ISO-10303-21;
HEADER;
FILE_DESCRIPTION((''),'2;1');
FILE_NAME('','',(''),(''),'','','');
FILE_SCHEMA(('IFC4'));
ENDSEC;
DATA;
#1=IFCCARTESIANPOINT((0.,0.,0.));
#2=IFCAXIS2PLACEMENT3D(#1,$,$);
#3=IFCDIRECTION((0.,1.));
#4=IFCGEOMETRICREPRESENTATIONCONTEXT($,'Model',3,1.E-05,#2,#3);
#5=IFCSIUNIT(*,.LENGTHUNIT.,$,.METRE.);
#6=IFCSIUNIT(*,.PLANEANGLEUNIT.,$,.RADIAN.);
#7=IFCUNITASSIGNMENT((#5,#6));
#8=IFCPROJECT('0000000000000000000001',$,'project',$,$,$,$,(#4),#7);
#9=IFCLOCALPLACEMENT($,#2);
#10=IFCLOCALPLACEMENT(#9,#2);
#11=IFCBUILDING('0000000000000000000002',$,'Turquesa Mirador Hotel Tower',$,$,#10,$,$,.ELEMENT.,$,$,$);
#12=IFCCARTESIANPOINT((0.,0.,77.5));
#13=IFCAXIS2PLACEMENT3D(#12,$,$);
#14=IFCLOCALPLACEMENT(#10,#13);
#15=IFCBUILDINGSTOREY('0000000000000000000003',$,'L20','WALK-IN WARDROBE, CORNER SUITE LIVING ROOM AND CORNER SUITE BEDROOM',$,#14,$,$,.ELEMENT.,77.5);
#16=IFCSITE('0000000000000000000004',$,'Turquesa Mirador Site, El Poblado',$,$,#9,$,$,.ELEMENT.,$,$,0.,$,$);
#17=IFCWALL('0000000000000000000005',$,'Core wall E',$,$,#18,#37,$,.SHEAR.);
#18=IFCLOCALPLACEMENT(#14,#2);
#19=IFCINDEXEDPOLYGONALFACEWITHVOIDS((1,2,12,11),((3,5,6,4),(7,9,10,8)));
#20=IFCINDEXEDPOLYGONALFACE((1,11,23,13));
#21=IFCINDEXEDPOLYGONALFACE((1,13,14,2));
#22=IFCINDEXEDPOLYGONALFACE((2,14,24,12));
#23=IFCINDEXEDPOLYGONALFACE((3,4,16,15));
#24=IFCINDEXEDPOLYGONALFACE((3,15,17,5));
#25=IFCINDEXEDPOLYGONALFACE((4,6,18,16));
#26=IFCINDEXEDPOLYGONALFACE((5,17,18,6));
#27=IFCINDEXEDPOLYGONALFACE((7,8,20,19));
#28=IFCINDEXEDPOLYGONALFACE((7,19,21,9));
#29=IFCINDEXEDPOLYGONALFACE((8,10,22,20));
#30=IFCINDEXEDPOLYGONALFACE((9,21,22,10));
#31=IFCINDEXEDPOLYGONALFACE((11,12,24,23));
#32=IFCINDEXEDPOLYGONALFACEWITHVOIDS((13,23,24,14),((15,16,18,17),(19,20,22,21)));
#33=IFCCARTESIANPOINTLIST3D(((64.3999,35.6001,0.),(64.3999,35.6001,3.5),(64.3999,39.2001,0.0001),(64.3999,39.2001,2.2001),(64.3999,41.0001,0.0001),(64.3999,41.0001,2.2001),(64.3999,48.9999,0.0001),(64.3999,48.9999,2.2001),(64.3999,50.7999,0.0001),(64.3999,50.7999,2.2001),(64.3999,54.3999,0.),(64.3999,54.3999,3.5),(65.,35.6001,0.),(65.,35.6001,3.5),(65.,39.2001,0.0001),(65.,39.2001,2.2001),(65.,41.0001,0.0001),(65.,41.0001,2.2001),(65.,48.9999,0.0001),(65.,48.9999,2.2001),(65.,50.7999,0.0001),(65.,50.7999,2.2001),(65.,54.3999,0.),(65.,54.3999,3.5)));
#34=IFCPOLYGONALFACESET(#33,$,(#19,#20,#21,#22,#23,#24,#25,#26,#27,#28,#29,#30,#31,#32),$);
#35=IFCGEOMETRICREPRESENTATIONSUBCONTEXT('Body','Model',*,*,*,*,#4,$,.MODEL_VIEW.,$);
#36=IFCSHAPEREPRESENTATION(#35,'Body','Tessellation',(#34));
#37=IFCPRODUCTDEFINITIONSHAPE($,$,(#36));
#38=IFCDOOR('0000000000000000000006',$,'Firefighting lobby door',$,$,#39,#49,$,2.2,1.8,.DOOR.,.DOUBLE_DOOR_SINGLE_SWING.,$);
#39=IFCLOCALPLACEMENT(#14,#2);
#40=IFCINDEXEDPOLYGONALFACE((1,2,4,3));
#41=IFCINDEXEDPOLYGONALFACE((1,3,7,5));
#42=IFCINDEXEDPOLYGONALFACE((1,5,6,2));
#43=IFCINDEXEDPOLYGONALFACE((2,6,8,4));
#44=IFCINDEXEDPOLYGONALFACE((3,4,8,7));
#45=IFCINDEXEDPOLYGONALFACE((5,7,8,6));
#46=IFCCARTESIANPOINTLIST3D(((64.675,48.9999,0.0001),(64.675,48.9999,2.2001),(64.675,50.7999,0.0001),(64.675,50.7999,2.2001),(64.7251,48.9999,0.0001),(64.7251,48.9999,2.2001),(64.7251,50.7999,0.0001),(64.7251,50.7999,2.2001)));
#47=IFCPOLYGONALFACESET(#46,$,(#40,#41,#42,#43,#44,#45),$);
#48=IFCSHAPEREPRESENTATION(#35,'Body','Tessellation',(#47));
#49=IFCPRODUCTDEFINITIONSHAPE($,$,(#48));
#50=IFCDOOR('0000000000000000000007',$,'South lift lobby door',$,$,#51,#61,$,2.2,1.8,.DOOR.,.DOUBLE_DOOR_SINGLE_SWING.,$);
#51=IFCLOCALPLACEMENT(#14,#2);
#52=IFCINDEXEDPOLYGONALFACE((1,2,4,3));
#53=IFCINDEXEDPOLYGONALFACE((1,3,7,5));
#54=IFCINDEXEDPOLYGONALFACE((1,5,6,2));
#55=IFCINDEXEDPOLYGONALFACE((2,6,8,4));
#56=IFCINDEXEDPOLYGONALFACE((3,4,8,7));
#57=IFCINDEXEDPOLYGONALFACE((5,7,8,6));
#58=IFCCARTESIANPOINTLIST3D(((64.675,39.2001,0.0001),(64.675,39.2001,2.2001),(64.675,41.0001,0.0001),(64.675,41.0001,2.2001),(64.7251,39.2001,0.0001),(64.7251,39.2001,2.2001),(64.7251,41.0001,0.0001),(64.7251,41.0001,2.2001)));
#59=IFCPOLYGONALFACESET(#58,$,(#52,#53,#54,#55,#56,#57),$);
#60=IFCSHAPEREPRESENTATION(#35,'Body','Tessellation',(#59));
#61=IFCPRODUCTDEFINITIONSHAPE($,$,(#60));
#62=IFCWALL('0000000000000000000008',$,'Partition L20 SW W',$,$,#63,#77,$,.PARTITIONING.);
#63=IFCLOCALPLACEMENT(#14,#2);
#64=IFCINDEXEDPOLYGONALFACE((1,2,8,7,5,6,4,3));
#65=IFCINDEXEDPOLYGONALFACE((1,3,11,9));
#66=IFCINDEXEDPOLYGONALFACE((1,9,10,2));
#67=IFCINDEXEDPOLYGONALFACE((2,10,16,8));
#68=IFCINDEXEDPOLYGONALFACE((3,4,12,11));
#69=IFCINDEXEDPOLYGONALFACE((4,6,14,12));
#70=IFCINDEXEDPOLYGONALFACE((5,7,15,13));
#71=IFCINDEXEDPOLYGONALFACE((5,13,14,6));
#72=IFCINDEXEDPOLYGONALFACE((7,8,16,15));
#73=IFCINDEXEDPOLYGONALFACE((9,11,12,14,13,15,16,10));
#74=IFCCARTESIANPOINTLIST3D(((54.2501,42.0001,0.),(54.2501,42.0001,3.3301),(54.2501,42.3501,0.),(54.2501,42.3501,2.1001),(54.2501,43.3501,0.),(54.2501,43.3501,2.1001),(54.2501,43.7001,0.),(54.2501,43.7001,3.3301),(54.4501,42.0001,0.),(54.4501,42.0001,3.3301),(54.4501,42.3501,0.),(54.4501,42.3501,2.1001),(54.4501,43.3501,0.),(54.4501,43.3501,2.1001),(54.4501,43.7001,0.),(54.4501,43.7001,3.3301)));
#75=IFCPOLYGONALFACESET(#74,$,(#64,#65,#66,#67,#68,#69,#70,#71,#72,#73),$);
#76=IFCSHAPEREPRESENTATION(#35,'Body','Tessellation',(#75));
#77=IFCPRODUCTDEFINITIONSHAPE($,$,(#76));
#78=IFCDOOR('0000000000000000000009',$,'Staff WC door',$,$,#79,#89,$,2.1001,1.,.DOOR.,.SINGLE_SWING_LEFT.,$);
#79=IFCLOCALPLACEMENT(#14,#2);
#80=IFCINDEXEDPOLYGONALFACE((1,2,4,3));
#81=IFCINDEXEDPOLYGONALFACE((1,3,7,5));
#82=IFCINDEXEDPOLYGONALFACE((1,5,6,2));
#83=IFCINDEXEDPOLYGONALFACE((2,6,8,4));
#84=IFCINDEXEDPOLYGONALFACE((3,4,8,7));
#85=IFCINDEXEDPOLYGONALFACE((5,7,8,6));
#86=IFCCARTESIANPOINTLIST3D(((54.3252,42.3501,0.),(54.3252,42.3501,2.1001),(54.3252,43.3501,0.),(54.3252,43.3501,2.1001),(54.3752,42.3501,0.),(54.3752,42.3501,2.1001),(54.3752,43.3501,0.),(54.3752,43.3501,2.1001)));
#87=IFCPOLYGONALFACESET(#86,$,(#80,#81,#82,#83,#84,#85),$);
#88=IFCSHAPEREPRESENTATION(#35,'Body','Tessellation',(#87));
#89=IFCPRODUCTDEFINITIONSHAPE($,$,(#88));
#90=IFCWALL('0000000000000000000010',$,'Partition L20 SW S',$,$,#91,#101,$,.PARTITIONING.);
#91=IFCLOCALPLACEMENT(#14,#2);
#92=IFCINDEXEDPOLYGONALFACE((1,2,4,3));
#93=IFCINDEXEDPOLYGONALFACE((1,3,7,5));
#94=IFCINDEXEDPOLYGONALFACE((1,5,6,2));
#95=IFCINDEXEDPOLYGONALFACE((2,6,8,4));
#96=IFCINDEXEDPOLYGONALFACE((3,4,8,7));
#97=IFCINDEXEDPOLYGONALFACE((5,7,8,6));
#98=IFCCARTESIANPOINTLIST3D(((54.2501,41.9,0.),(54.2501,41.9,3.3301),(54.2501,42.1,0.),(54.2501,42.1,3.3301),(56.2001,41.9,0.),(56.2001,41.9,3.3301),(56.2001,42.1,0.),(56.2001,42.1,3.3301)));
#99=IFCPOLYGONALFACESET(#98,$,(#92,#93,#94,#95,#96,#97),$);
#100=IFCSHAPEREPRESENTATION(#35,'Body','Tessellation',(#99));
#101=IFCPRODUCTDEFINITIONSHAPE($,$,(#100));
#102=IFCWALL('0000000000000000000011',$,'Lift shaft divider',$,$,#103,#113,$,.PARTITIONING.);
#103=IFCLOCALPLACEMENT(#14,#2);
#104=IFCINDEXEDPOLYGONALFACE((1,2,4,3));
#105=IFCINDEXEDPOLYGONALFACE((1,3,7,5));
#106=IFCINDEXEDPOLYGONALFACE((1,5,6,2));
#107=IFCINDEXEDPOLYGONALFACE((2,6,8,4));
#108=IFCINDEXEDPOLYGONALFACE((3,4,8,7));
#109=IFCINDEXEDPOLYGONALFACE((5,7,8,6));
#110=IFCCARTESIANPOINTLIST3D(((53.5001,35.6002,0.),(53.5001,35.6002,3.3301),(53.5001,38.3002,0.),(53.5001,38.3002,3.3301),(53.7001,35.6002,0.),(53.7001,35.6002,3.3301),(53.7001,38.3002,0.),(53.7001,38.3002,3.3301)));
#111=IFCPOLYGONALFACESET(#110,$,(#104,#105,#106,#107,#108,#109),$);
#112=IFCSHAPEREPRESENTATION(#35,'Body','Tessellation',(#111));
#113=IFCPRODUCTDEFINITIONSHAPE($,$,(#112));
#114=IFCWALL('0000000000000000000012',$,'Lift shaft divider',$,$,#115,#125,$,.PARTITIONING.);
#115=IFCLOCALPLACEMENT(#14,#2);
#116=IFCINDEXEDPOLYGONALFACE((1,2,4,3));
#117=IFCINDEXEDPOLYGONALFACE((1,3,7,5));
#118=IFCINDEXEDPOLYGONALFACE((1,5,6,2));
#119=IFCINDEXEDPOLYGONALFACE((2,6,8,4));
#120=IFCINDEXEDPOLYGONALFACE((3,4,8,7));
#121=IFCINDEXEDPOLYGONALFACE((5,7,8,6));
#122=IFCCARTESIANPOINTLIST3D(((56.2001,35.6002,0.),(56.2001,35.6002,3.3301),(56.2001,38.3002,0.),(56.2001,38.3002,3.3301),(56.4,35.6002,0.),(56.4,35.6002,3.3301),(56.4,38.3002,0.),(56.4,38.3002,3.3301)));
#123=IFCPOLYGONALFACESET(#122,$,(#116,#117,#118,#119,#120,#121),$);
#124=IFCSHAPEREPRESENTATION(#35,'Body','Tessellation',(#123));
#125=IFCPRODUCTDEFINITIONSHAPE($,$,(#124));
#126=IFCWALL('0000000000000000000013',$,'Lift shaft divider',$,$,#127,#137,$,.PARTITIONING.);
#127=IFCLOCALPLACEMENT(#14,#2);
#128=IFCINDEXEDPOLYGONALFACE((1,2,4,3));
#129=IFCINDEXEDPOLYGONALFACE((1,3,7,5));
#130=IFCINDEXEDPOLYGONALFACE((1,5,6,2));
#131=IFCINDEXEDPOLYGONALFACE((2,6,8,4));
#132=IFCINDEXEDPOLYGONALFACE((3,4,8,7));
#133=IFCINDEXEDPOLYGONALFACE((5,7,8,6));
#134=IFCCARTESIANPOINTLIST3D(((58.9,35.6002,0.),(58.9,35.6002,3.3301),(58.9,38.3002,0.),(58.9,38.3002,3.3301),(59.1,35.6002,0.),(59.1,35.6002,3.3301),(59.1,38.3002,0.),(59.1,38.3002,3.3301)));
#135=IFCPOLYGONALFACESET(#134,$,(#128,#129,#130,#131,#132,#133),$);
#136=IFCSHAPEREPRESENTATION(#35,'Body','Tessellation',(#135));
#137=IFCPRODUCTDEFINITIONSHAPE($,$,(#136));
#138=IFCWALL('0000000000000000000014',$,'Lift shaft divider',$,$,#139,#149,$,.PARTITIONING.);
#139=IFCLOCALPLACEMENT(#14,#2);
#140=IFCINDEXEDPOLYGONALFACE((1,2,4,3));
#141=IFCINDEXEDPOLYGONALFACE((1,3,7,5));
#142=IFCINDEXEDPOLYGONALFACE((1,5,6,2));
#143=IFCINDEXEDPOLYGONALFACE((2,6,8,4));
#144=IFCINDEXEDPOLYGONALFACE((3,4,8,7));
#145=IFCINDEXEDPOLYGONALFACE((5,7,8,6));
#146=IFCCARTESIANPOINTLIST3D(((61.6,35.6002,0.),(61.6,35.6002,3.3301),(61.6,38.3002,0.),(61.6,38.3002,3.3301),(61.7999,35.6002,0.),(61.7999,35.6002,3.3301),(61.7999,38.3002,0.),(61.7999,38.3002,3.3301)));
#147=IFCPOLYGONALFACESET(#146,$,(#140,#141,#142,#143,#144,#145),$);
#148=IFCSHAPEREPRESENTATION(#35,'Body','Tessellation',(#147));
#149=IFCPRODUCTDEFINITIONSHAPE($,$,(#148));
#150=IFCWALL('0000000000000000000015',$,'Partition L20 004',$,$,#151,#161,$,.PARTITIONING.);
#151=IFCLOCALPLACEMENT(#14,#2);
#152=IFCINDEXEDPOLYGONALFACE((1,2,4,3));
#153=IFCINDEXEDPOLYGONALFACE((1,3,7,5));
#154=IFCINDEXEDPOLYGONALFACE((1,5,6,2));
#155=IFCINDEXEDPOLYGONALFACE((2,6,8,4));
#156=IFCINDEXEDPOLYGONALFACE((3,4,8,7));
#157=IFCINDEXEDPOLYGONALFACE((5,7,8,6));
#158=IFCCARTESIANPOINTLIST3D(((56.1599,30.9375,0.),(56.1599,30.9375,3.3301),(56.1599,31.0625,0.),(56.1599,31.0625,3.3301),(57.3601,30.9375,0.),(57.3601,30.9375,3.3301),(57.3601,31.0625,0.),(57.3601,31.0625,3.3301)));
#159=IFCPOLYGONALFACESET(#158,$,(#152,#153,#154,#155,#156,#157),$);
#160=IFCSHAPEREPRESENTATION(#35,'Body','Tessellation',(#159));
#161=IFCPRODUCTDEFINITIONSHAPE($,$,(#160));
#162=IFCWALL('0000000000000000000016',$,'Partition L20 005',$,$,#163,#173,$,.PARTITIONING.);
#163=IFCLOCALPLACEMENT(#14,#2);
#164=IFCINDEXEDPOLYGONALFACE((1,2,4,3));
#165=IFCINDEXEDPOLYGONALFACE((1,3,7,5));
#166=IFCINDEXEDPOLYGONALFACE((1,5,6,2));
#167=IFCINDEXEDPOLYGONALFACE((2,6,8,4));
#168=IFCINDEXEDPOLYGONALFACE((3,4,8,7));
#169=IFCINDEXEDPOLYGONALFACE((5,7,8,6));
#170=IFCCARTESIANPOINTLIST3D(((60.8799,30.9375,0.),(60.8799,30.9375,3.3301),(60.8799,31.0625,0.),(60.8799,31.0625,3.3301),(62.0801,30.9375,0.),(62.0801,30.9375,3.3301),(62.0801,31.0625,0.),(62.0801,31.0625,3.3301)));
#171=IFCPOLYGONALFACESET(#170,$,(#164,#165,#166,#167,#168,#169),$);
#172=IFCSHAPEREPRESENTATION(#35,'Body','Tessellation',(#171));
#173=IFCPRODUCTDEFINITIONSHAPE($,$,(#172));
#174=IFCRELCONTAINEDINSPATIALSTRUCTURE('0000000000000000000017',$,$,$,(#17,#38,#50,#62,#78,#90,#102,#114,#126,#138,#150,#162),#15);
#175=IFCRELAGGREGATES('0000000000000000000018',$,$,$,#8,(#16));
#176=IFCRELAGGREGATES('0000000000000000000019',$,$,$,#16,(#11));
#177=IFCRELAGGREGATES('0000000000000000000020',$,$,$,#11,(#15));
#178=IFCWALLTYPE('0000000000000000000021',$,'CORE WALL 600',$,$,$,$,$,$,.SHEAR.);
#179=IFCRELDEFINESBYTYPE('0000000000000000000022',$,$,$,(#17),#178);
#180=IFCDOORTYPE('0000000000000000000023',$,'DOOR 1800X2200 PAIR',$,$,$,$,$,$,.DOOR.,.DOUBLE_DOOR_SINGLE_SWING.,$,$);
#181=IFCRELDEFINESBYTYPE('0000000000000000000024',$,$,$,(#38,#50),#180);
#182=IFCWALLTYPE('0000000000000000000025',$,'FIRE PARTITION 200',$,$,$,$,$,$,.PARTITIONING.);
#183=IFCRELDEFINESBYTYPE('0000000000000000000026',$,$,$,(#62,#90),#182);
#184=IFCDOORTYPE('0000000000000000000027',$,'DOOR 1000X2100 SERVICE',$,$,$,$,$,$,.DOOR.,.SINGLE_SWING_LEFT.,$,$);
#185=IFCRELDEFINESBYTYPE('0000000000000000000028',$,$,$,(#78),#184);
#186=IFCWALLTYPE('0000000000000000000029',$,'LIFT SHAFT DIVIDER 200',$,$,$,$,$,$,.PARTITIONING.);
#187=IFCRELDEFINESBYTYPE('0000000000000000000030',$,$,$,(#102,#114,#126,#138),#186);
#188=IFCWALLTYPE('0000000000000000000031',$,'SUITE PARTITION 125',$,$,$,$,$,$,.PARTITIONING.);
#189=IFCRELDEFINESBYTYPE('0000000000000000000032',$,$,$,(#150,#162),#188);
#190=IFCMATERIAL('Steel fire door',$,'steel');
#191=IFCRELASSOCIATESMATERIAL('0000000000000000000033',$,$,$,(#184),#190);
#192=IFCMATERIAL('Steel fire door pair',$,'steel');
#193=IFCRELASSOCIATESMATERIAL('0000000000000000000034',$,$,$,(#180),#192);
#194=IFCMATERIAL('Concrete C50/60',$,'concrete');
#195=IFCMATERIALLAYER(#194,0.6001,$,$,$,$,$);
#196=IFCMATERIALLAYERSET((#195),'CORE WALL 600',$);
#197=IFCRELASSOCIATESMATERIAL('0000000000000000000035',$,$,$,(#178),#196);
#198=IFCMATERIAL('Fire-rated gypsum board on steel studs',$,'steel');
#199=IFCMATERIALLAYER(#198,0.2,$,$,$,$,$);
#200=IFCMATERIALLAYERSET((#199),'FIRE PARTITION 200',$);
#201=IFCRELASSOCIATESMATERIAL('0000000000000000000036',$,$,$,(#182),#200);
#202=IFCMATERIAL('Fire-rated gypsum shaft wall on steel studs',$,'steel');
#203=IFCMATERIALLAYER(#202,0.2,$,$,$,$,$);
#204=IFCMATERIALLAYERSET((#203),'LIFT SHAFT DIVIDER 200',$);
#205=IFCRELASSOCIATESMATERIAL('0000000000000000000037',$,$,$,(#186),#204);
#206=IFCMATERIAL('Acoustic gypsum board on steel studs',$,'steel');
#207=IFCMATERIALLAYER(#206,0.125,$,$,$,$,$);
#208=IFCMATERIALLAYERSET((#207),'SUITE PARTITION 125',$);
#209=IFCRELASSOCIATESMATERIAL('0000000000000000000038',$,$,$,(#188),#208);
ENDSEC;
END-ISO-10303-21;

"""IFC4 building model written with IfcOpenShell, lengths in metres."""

from ifc_helpers import new_model, si_unit, direction, frame, frame_2d, origin, place, context, subcontext, project, spatial, rectangle, extrude, material, layer, layer_set, type_object, element, fill, save


model = new_model("IFC4")

# Units and contexts
model_context = context("Model", 3, precision=1e-05, world=origin(), true_north=direction((0.0, 1.0)))
body_context = subcontext(model_context, "Body", "Model", "MODEL_VIEW")
ifc_project = project(units=[si_unit("LENGTHUNIT", "METRE"), si_unit("PLANEANGLEUNIT", "RADIAN")], contexts=[model_context])

# Site, building, storey
site_placement = place(None, origin())
site = spatial("IfcSite", under=ifc_project, at=site_placement, Name="Turquesa Mirador Site, El Poblado", CompositionType="ELEMENT", RefElevation=0.0)
building_placement = place(site_placement, origin())
building = spatial("IfcBuilding", under=site, at=building_placement, Name="Turquesa Mirador Hotel Tower", CompositionType="ELEMENT")
storey_placement = place(building_placement, frame((0.0, 0.0, 77.5)))
storey = spatial("IfcBuildingStorey", under=building, at=storey_placement, Name="L20", Description="WALK-IN WARDROBE, CORNER SUITE LIVING ROOM AND CORNER SUITE BEDROOM", CompositionType="ELEMENT", Elevation=77.5)

# Shared definitions
ifc_material_1 = material(Name="Steel fire door", Category="steel")
door_type_1 = type_object("IfcDoorType", Name="DOOR 1000X2100 SERVICE", OperationType="SINGLE_SWING_LEFT", PredefinedType="DOOR", material=ifc_material_1)
ifc_material_2 = material(Name="Steel fire door pair", Category="steel")
door_type_2 = type_object("IfcDoorType", Name="DOOR 1800X2200 PAIR", OperationType="DOUBLE_DOOR_SINGLE_SWING", PredefinedType="DOOR", material=ifc_material_2)

# Wall, openings, doors
ifc_material_3 = material(Name="Concrete C50/60", Category="concrete")
ifc_layer_1 = layer(ifc_material_3, 0.6001)
ifc_layer_set_1 = layer_set([ifc_layer_1], Name="CORE WALL 600")
wall_type_1 = type_object("IfcWallType", Name="CORE WALL 600", PredefinedType="SHEAR", material=ifc_layer_set_1)
wall_1_placement = place(storey_placement, frame((64.7, 35.6001, 0.0), z_axis=(0.0, 0.0, 1.0), x_axis=(0.0, 1.0, 0.0)))
wall_1 = element("IfcWall", 1, at=wall_1_placement, inside=storey, type_object=wall_type_1, Name="Core wall E", PredefinedType="SHEAR", context=body_context, shape_type="SweptSolid", body=[
    extrude(rectangle(XDim=18.7998, YDim=0.6001, at=frame_2d((9.3999, 0.0))), origin(), (0.0, 0.0, 1.0), 3.5),
])
opening_1_placement = place(wall_1_placement, frame((13.3999, 0.0, 0.0)))
opening_1 = element("IfcOpeningElement", 2, at=opening_1_placement, cuts=wall_1, PredefinedType="OPENING", context=body_context, shape_type="SweptSolid", body=[
    extrude(rectangle(XDim=1.8, YDim=2.2, at=frame_2d((0.8999, 1.1001))), frame((0.0, 0.3101, 0.0), z_axis=(0.0, -1.0, 0.0), x_axis=(1.0, 0.0, 0.0)), (0.0, 0.0, 1.0), 0.6201),
])
opening_2_placement = place(wall_1_placement, frame((3.6001, 0.0, 0.0)))
opening_2 = element("IfcOpeningElement", 3, at=opening_2_placement, cuts=wall_1, PredefinedType="OPENING", context=body_context, shape_type="SweptSolid", body=[
    extrude(rectangle(XDim=1.8, YDim=2.2, at=frame_2d((0.8999, 1.1001))), frame((0.0, 0.3101, 0.0), z_axis=(0.0, -1.0, 0.0), x_axis=(1.0, 0.0, 0.0)), (0.0, 0.0, 1.0), 0.6201),
])
door_1_placement = place(opening_1_placement, origin())
door_1 = element("IfcDoor", 4, at=door_1_placement, inside=storey, type_object=door_type_2, Name="Firefighting lobby door", OperationType="DOUBLE_DOOR_SINGLE_SWING", OverallHeight=2.2, OverallWidth=1.8, PredefinedType="DOOR", context=body_context, shape_type="SweptSolid", body=[
    extrude(rectangle(XDim=1.8, YDim=2.2, at=frame_2d((0.8999, 1.1001))), frame((0.0, 0.0249, 0.0), z_axis=(0.0, -1.0, 0.0), x_axis=(1.0, 0.0, 0.0)), (0.0, 0.0, 1.0), 0.05),
])
fill(opening_1, door_1)
door_2_placement = place(opening_2_placement, origin())
door_2 = element("IfcDoor", 5, at=door_2_placement, inside=storey, type_object=door_type_2, Name="South lift lobby door", OperationType="DOUBLE_DOOR_SINGLE_SWING", OverallHeight=2.2, OverallWidth=1.8, PredefinedType="DOOR", context=body_context, shape_type="SweptSolid", body=[
    extrude(rectangle(XDim=1.8, YDim=2.2, at=frame_2d((0.8999, 1.1001))), frame((0.0, 0.0249, 0.0), z_axis=(0.0, -1.0, 0.0), x_axis=(1.0, 0.0, 0.0)), (0.0, 0.0, 1.0), 0.05),
])
fill(opening_2, door_2)

# Wall, opening, door
ifc_material_4 = material(Name="Fire-rated gypsum board on steel studs", Category="steel")
ifc_layer_2 = layer(ifc_material_4, 0.2)
ifc_layer_set_2 = layer_set([ifc_layer_2], Name="FIRE PARTITION 200")
wall_type_2 = type_object("IfcWallType", Name="FIRE PARTITION 200", PredefinedType="PARTITIONING", material=ifc_layer_set_2)
wall_2_placement = place(storey_placement, frame((54.3501, 42.0, 0.0), z_axis=(0.0, 0.0, 1.0), x_axis=(0.0, 1.0, 0.0)))
wall_2 = element("IfcWall", 6, at=wall_2_placement, inside=storey, type_object=wall_type_2, Name="Partition L20 SW W", PredefinedType="PARTITIONING", context=body_context, shape_type="SweptSolid", body=[
    extrude(rectangle(XDim=1.7, YDim=0.2, at=frame_2d((0.8501, 0.0))), origin(), (0.0, 0.0, 1.0), 3.3301),
])
opening_3_placement = place(wall_2_placement, frame((0.3501, 0.0, 0.0)))
opening_3 = element("IfcOpeningElement", 7, at=opening_3_placement, cuts=wall_2, PredefinedType="OPENING", context=body_context, shape_type="SweptSolid", body=[
    extrude(rectangle(XDim=1.0, YDim=2.1001, at=frame_2d((0.5, 1.05))), frame((0.0, 0.1099, 0.0), z_axis=(0.0, -1.0, 0.0), x_axis=(1.0, 0.0, 0.0)), (0.0, 0.0, 1.0), 0.22),
])
door_3_placement = place(opening_3_placement, origin())
door_3 = element("IfcDoor", 8, at=door_3_placement, inside=storey, type_object=door_type_1, Name="Staff WC door", OperationType="SINGLE_SWING_LEFT", OverallHeight=2.1001, OverallWidth=1.0, PredefinedType="DOOR", context=body_context, shape_type="SweptSolid", body=[
    extrude(rectangle(XDim=1.0, YDim=2.1001, at=frame_2d((0.5, 1.05))), frame((0.0, 0.0249, 0.0), z_axis=(0.0, -1.0, 0.0), x_axis=(1.0, 0.0, 0.0)), (0.0, 0.0, 1.0), 0.05),
])
fill(opening_3, door_3)

# Walls
wall_3_placement = place(storey_placement, frame((54.25, 42.0, 0.0), z_axis=(0.0, 0.0, 1.0), x_axis=(1.0, 0.0, 0.0)))
element("IfcWall", 9, at=wall_3_placement, inside=storey, type_object=wall_type_2, Name="Partition L20 SW S", PredefinedType="PARTITIONING", context=body_context, shape_type="SweptSolid", body=[
    extrude(rectangle(XDim=1.95, YDim=0.2, at=frame_2d((0.9751, 0.0))), origin(), (0.0, 0.0, 1.0), 3.3301),
])
ifc_material_5 = material(Name="Fire-rated gypsum shaft wall on steel studs", Category="steel")
ifc_layer_3 = layer(ifc_material_5, 0.2)
ifc_layer_set_3 = layer_set([ifc_layer_3], Name="LIFT SHAFT DIVIDER 200")
wall_type_3 = type_object("IfcWallType", Name="LIFT SHAFT DIVIDER 200", PredefinedType="PARTITIONING", material=ifc_layer_set_3)
for number, where, z_axis, x_axis, name in (
    (10, (53.6001, 35.6001, 0.0), (0.0, 0.0, 1.0), (0.0, 1.0, 0.0), "Lift shaft divider"),
    (11, (56.3, 35.6001, 0.0), (0.0, 0.0, 1.0), (0.0, 1.0, 0.0), "Lift shaft divider"),
    (12, (59.0, 35.6001, 0.0), (0.0, 0.0, 1.0), (0.0, 1.0, 0.0), "Lift shaft divider"),
    (13, (61.7, 35.6001, 0.0), (0.0, 0.0, 1.0), (0.0, 1.0, 0.0), "Lift shaft divider"),
):
    element("IfcWall", number, at=place(storey_placement, frame(where, z_axis=z_axis, x_axis=x_axis)), inside=storey, type_object=wall_type_3, Name=name, PredefinedType="PARTITIONING", context=body_context, shape_type="SweptSolid", body=[
        extrude(rectangle(XDim=2.7, YDim=0.2, at=frame_2d((1.3501, 0.0))), origin(), (0.0, 0.0, 1.0), 3.3301),
    ])
ifc_material_6 = material(Name="Acoustic gypsum board on steel studs", Category="steel")
ifc_layer_4 = layer(ifc_material_6, 0.125)
ifc_layer_set_4 = layer_set([ifc_layer_4], Name="SUITE PARTITION 125")
wall_type_4 = type_object("IfcWallType", Name="SUITE PARTITION 125", PredefinedType="PARTITIONING", material=ifc_layer_set_4)
for number, where, z_axis, x_axis, name in (
    (14, (56.1599, 31.0, 0.0), (0.0, 0.0, 1.0), (1.0, 0.0, 0.0), "Partition L20 004"),
    (15, (60.8799, 31.0, 0.0), (0.0, 0.0, 1.0), (1.0, 0.0, 0.0), "Partition L20 005"),
):
    element("IfcWall", number, at=place(storey_placement, frame(where, z_axis=z_axis, x_axis=x_axis)), inside=storey, type_object=wall_type_4, Name=name, PredefinedType="PARTITIONING", context=body_context, shape_type="SweptSolid", body=[
        extrude(rectangle(XDim=1.2002, YDim=0.125, at=frame_2d((0.6001, 0.0))), origin(), (0.0, 0.0, 1.0), 3.3301),
    ])

save(model, "model.ifc")
